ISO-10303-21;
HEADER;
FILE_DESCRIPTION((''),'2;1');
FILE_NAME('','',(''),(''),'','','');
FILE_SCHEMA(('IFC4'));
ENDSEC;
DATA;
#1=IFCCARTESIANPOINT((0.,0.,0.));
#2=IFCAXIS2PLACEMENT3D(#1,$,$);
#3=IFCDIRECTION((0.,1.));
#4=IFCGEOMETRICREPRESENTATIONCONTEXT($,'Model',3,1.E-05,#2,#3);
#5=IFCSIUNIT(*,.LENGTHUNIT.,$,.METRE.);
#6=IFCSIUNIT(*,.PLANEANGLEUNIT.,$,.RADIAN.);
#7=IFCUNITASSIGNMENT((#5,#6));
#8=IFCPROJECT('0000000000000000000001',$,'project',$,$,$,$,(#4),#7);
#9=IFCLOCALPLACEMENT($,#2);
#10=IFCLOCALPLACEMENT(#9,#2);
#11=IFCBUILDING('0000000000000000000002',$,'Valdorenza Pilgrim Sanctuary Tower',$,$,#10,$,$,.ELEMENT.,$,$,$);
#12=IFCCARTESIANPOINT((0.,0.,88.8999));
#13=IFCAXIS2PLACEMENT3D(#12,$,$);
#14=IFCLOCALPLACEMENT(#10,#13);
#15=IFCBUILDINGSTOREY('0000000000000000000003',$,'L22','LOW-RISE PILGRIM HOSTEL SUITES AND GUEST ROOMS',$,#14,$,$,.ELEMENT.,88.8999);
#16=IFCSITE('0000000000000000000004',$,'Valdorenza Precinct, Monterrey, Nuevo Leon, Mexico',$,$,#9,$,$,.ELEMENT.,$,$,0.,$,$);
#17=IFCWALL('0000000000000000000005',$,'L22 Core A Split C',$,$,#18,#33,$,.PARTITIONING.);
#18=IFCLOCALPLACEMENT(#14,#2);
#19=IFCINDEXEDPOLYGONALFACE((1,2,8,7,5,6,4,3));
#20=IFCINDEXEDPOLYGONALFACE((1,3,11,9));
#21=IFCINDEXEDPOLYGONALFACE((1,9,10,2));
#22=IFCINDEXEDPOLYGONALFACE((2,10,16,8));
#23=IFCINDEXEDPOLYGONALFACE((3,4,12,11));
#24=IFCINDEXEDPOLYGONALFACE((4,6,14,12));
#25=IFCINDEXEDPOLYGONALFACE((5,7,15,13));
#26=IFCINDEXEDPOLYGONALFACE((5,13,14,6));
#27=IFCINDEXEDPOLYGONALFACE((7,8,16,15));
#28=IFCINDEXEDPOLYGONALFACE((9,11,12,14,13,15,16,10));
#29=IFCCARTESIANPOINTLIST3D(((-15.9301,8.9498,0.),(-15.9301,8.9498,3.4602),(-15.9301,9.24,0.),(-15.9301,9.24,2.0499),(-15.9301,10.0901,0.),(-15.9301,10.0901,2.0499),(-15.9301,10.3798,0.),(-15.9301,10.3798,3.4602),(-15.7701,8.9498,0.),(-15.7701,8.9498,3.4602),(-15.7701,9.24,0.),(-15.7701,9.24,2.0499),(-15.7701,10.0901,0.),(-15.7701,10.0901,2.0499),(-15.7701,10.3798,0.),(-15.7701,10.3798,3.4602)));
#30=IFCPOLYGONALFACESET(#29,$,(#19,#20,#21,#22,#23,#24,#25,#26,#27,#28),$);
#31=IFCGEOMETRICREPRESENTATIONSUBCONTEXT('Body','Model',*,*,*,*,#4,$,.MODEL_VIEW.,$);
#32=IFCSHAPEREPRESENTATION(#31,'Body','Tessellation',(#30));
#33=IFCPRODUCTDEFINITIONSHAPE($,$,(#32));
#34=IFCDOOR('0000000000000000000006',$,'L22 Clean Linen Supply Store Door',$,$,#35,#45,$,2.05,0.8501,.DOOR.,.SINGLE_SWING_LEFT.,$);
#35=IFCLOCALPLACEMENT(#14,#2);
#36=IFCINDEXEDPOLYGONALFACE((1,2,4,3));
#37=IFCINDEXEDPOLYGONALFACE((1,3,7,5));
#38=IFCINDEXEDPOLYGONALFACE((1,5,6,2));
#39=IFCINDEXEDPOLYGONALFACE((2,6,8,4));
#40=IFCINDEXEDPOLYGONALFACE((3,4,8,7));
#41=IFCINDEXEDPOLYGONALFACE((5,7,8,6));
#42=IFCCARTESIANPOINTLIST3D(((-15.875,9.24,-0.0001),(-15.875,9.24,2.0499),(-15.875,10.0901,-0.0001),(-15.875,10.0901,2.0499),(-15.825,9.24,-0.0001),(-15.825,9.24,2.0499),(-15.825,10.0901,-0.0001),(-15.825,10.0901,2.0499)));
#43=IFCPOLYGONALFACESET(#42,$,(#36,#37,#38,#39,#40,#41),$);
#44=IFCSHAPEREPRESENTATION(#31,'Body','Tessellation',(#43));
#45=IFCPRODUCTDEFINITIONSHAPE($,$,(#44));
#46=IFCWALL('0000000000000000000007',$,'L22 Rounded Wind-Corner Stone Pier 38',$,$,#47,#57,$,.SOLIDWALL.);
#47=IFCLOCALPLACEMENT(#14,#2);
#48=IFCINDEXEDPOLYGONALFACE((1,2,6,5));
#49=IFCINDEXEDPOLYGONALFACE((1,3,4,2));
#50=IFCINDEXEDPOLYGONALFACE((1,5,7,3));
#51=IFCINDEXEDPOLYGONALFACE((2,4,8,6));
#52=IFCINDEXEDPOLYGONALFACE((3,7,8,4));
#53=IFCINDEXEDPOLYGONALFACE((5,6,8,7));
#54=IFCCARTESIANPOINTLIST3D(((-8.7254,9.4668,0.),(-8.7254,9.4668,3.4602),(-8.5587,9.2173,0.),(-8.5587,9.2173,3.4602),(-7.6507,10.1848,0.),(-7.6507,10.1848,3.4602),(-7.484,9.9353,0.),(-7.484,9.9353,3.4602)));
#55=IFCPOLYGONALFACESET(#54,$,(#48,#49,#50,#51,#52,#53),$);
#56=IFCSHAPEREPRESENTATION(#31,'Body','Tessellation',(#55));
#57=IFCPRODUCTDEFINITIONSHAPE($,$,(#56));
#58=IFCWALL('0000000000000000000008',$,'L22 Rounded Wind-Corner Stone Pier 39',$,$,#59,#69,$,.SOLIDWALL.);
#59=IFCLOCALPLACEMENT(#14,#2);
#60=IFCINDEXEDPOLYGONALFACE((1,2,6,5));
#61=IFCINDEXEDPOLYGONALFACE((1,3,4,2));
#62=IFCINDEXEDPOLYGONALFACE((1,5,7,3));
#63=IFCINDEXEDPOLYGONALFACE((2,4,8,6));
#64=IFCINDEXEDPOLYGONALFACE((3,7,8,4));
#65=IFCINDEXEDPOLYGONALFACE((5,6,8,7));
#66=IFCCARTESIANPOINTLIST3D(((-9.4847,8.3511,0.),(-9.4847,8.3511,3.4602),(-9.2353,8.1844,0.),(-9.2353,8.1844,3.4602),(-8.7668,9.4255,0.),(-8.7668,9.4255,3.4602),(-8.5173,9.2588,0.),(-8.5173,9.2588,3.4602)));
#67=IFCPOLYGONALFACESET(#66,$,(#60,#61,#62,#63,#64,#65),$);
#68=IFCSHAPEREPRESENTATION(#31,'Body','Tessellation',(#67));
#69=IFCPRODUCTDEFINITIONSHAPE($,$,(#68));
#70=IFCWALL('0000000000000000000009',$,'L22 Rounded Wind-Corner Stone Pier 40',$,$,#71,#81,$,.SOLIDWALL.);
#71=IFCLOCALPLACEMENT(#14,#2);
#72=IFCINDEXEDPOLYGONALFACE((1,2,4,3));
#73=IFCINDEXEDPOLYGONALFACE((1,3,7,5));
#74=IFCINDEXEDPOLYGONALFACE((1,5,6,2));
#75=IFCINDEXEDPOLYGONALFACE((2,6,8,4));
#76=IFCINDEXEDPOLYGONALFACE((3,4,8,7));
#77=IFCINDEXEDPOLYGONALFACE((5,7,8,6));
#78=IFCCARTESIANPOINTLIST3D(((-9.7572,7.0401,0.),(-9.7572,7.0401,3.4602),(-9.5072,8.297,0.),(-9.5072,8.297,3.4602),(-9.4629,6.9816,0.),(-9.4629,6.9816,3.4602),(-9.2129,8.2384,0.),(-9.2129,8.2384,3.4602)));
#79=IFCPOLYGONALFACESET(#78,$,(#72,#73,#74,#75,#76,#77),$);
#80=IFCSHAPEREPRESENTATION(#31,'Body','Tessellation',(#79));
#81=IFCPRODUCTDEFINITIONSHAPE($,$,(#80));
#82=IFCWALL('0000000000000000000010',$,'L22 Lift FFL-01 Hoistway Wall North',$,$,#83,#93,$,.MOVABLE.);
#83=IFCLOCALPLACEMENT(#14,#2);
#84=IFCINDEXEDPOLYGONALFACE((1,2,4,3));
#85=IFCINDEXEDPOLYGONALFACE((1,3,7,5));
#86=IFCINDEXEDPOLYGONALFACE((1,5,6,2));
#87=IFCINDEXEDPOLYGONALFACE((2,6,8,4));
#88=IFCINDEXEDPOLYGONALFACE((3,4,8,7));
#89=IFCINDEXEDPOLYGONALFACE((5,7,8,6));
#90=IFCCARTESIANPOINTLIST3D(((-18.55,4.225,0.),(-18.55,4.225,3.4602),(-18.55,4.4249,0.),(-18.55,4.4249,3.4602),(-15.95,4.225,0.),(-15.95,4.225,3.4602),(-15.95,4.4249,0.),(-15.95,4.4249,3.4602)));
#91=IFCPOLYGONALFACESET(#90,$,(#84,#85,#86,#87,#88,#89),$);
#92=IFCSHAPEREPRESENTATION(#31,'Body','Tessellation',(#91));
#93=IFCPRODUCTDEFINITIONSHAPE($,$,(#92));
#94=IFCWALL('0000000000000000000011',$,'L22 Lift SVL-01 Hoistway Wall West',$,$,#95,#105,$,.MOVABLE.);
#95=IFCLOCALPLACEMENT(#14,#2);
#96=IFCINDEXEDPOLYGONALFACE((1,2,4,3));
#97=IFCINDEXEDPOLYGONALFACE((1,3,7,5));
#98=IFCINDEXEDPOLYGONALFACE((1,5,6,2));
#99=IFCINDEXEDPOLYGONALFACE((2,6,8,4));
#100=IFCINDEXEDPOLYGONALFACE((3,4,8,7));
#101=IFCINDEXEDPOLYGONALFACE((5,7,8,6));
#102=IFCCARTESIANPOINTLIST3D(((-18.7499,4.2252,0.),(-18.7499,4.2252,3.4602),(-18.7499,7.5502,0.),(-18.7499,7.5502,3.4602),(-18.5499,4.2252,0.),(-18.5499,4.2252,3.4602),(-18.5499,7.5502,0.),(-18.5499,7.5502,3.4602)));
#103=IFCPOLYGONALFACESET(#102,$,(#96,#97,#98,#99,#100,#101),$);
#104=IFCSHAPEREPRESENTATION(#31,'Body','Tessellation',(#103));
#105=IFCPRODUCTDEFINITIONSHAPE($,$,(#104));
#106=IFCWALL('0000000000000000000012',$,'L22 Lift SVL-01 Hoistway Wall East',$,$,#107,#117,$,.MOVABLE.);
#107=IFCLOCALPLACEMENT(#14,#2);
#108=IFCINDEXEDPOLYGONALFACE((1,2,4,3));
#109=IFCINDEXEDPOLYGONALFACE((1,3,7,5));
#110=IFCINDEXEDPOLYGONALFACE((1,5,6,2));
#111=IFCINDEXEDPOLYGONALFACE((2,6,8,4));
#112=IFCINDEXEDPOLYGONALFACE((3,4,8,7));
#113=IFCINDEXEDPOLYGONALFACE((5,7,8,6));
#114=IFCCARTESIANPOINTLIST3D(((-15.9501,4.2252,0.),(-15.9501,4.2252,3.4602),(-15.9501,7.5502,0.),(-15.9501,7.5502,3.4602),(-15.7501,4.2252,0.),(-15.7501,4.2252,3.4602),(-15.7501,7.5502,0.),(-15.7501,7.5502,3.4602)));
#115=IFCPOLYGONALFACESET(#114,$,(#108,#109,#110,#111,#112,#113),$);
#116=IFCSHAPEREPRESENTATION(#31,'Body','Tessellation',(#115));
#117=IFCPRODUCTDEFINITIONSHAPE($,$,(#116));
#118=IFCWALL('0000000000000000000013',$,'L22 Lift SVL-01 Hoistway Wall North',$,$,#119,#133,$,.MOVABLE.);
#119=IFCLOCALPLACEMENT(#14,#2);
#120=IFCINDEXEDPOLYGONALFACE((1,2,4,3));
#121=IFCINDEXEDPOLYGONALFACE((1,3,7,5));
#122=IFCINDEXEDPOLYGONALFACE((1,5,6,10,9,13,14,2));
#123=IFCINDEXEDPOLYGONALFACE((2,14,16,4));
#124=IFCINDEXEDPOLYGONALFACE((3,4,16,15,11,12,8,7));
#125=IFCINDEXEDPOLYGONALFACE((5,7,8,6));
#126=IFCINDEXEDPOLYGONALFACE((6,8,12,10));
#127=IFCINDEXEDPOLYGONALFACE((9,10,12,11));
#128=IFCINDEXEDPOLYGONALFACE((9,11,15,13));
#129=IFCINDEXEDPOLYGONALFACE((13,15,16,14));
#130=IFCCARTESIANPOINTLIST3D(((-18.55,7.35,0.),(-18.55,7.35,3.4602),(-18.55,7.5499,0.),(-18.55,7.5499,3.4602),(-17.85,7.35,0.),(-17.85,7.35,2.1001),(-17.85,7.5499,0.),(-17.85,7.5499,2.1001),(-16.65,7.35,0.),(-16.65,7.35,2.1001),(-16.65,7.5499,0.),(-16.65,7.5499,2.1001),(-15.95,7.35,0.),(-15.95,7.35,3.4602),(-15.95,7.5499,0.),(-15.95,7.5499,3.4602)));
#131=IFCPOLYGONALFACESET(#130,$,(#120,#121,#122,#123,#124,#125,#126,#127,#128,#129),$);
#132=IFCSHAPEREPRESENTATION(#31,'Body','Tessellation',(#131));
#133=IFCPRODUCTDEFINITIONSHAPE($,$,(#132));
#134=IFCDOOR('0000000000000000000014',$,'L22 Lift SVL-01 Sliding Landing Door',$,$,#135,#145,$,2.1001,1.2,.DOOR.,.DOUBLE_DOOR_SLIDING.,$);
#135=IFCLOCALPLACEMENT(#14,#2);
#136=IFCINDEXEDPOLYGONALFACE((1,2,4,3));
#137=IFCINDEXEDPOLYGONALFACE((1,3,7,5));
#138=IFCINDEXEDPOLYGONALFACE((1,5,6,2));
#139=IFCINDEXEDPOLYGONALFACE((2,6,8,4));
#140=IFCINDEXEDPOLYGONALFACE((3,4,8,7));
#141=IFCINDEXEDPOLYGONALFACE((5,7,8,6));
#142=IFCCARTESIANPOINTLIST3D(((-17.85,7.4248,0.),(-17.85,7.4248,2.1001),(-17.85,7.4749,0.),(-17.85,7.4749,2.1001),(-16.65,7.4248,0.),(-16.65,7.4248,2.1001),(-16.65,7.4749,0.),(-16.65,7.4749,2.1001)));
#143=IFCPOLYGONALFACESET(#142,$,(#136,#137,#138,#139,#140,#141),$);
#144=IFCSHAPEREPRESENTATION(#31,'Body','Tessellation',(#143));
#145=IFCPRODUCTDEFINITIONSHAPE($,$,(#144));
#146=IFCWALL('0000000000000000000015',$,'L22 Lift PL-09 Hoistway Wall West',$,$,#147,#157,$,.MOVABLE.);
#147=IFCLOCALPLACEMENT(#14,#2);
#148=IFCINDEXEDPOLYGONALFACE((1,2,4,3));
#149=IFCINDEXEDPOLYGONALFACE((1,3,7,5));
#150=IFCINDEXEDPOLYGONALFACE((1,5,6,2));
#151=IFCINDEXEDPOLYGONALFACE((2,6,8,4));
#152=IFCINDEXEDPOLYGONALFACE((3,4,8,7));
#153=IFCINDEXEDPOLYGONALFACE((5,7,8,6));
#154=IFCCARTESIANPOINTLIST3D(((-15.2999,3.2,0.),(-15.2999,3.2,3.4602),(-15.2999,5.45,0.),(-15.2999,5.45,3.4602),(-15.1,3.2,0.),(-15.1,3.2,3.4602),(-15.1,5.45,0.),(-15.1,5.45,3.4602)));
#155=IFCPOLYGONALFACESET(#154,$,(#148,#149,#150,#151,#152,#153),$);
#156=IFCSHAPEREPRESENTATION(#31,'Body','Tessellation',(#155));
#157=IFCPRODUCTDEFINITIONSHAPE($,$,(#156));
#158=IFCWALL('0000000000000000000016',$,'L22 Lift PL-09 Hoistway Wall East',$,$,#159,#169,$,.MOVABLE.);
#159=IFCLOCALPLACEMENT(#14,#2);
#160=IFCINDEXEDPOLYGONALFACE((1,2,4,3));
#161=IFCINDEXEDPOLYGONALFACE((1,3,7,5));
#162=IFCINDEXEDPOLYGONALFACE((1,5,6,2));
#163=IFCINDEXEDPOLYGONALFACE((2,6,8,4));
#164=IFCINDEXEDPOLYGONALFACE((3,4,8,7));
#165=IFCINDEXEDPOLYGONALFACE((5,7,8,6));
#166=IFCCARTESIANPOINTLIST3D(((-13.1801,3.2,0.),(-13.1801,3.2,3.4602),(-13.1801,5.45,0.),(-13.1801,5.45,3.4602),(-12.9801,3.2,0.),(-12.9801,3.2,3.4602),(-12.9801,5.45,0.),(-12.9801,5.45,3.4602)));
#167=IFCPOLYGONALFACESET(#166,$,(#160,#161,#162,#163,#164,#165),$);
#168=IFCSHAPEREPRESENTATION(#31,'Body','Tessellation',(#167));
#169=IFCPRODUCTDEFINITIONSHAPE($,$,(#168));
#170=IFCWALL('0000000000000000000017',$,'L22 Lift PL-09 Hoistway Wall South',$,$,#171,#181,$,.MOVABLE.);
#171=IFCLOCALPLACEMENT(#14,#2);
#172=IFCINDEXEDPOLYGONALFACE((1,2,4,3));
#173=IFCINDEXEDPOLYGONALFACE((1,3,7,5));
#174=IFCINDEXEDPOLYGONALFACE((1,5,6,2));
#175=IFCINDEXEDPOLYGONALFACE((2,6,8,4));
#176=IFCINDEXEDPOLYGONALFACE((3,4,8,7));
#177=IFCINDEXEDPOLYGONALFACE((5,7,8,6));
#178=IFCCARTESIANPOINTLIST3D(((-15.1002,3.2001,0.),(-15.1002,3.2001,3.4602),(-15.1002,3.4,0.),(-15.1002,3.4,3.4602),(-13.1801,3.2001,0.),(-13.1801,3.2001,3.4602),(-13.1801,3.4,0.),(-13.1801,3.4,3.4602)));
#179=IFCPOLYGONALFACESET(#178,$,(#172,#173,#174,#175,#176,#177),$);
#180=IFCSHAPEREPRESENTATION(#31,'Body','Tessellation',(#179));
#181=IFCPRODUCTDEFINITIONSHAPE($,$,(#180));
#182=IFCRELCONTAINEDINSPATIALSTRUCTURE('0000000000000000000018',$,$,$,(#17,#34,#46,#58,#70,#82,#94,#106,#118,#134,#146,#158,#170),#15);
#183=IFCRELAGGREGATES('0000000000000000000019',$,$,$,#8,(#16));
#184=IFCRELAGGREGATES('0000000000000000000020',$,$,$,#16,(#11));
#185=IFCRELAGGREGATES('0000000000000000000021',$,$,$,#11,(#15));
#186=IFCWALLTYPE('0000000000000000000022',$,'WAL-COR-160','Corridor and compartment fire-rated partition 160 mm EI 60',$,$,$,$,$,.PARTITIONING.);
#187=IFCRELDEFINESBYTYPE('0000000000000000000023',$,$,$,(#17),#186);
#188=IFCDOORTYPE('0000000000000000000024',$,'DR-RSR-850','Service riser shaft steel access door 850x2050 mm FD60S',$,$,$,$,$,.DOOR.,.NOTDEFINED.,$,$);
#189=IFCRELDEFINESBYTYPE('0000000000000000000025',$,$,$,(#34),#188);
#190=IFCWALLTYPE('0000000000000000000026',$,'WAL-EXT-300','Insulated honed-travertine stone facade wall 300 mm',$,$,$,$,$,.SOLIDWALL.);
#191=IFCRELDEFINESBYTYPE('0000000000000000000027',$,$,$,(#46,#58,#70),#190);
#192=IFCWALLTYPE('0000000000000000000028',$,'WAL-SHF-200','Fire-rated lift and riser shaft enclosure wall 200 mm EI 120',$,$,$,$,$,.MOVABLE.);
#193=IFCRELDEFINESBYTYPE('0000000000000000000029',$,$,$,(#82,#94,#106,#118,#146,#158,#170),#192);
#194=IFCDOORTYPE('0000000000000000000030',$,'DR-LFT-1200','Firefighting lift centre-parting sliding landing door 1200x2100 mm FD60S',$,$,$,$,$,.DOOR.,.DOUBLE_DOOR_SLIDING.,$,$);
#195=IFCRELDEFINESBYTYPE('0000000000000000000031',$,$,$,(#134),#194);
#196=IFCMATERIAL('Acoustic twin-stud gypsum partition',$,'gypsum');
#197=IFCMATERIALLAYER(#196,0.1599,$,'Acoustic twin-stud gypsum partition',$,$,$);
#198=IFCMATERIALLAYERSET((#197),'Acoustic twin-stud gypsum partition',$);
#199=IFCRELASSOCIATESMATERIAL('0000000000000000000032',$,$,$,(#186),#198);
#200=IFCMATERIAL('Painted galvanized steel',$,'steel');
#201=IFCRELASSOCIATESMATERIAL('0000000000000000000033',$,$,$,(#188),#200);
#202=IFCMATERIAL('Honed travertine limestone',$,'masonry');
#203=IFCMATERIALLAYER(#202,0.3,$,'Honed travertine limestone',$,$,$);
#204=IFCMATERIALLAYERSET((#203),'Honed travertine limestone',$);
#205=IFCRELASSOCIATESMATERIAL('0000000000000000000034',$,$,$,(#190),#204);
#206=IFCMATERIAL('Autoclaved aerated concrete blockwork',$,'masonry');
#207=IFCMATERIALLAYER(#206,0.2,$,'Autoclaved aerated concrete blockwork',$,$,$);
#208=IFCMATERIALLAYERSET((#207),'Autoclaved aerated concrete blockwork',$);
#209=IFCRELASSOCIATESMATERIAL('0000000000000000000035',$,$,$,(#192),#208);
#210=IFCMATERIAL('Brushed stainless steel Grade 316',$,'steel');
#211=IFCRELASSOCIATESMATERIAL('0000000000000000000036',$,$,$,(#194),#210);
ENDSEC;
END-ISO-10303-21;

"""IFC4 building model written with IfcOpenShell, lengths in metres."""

from ifc_helpers import new_model, si_unit, direction, frame, frame_2d, origin, place, context, subcontext, project, spatial, rectangle, extrude, material, layer, layer_set, type_object, element, fill, save


model = new_model("IFC4")

# Units and contexts
model_context = context("Model", 3, precision=1e-05, world=origin(), true_north=direction((0.0, 1.0)))
body_context = subcontext(model_context, "Body", "Model", "MODEL_VIEW")
ifc_project = project(units=[si_unit("LENGTHUNIT", "METRE"), si_unit("PLANEANGLEUNIT", "RADIAN")], contexts=[model_context])

# Site, building, storey
site_placement = place(None, origin())
site = spatial("IfcSite", under=ifc_project, at=site_placement, Name="Valdorenza Precinct, Monterrey, Nuevo Leon, Mexico", CompositionType="ELEMENT", RefElevation=0.0)
building_placement = place(site_placement, origin())
building = spatial("IfcBuilding", under=site, at=building_placement, Name="Valdorenza Pilgrim Sanctuary Tower", CompositionType="ELEMENT")
storey_placement = place(building_placement, frame((0.0, 0.0, 88.8999)))
storey = spatial("IfcBuildingStorey", under=building, at=storey_placement, Name="L22", Description="LOW-RISE PILGRIM HOSTEL SUITES AND GUEST ROOMS", CompositionType="ELEMENT", Elevation=88.8999)

# Shared definitions
ifc_material_1 = material(Name="Honed travertine limestone", Category="masonry")

# Shared definitions
ifc_material_2 = material(Name="Acoustic twin-stud gypsum partition", Category="gypsum")
ifc_layer_1 = layer(ifc_material_2, 0.1599, Name="Acoustic twin-stud gypsum partition")
ifc_layer_set_1 = layer_set([ifc_layer_1], Name="Acoustic twin-stud gypsum partition")
wall_type_1 = type_object("IfcWallType", Name="WAL-COR-160", Description="Corridor and compartment fire-rated partition 160 mm EI 60", PredefinedType="PARTITIONING", material=ifc_layer_set_1)

# Shared definitions
ifc_material_3 = material(Name="Painted galvanized steel", Category="steel")
door_type_1 = type_object("IfcDoorType", Name="DR-RSR-850", Description="Service riser shaft steel access door 850x2050 mm FD60S", OperationType="NOTDEFINED", PredefinedType="DOOR", material=ifc_material_3)

# Wall, opening, door
wall_1_placement = place(storey_placement, frame((-15.8501, 8.95, 0.0), z_axis=(0.0, 0.0, 1.0), x_axis=(0.0, 1.0, 0.0)))
wall_1 = element("IfcWall", 1, at=wall_1_placement, inside=storey, type_object=wall_type_1, Name="L22 Core A Split C", PredefinedType="PARTITIONING", context=body_context, shape_type="SweptSolid", body=[
    extrude(rectangle(XDim=1.4299, YDim=0.1599, at=frame_2d((0.7148, 0.0))), origin(), (0.0, 0.0, 1.0), 3.4602),
])
opening_1_placement = place(wall_1_placement, frame((0.29, 0.0, 0.0)))
opening_1 = element("IfcOpeningElement", 2, at=opening_1_placement, cuts=wall_1, PredefinedType="OPENING", context=body_context, shape_type="SweptSolid", body=[
    extrude(rectangle(XDim=0.8501, YDim=2.05, at=frame_2d((0.425, 1.0249))), frame((0.0, 0.0947, 0.0), z_axis=(0.0, -1.0, 0.0), x_axis=(1.0, 0.0, 0.0)), (0.0, 0.0, 1.0), 0.1897),
])
door_1_placement = place(opening_1_placement, origin())
door_1 = element("IfcDoor", 3, at=door_1_placement, inside=storey, type_object=door_type_1, Name="L22 Clean Linen Supply Store Door", OperationType="SINGLE_SWING_LEFT", OverallHeight=2.05, OverallWidth=0.8501, PredefinedType="DOOR", context=body_context, shape_type="SweptSolid", body=[
    extrude(rectangle(XDim=0.8501, YDim=2.05, at=frame_2d((0.425, 1.0249))), frame((0.0, 0.0249, 0.0), z_axis=(0.0, -1.0, 0.0), x_axis=(1.0, 0.0, 0.0)), (0.0, 0.0, 1.0), 0.05),
])
fill(opening_1, door_1)

# Walls
ifc_layer_2 = layer(ifc_material_1, 0.3, Name="Honed travertine limestone")
ifc_layer_set_2 = layer_set([ifc_layer_2], Name="Honed travertine limestone")
wall_type_2 = type_object("IfcWallType", Name="WAL-EXT-300", Description="Insulated honed-travertine stone facade wall 300 mm", PredefinedType="SOLIDWALL", material=ifc_layer_set_2)
wall_2_placement = place(storey_placement, frame((-7.5674, 10.0601, 0.0), z_axis=(0.0, 0.0, 1.0), x_axis=(-0.831498, -0.555528, 0.0)))
element("IfcWall", 4, at=wall_2_placement, inside=storey, type_object=wall_type_2, Name="L22 Rounded Wind-Corner Stone Pier 38", PredefinedType="SOLIDWALL", context=body_context, shape_type="SweptSolid", body=[
    extrude(rectangle(XDim=1.2925, YDim=0.3, at=frame_2d((0.6462, 0.0))), origin(), (0.0, 0.0, 1.0), 3.4602),
])
wall_3_placement = place(storey_placement, frame((-8.6421, 9.342, 0.0), z_axis=(0.0, 0.0, 1.0), x_axis=(-0.555615, -0.831439, 0.0)))
element("IfcWall", 5, at=wall_3_placement, inside=storey, type_object=wall_type_2, Name="L22 Rounded Wind-Corner Stone Pier 39", PredefinedType="SOLIDWALL", context=body_context, shape_type="SweptSolid", body=[
    extrude(rectangle(XDim=1.2922, YDim=0.3, at=frame_2d((0.646, 0.0))), origin(), (0.0, 0.0, 1.0), 3.4602),
])
wall_4_placement = place(storey_placement, frame((-9.3601, 8.2676, 0.0), z_axis=(0.0, 0.0, 1.0), x_axis=(-0.19509, -0.980785, 0.0)))
element("IfcWall", 6, at=wall_4_placement, inside=storey, type_object=wall_type_2, Name="L22 Rounded Wind-Corner Stone Pier 40", PredefinedType="SOLIDWALL", context=body_context, shape_type="SweptSolid", body=[
    extrude(rectangle(XDim=1.2815, YDim=0.3, at=frame_2d((0.6406, 0.0))), origin(), (0.0, 0.0, 1.0), 3.4602),
])
ifc_material_4 = material(Name="Autoclaved aerated concrete blockwork", Category="masonry")
ifc_layer_3 = layer(ifc_material_4, 0.2, Name="Autoclaved aerated concrete blockwork")
ifc_layer_set_3 = layer_set([ifc_layer_3], Name="Autoclaved aerated concrete blockwork")
wall_type_3 = type_object("IfcWallType", Name="WAL-SHF-200", Description="Fire-rated lift and riser shaft enclosure wall 200 mm EI 120", PredefinedType="MOVABLE", material=ifc_layer_set_3)
wall_5_placement = place(storey_placement, frame((-18.55, 4.325, 0.0), z_axis=(0.0, 0.0, 1.0), x_axis=(1.0, 0.0, 0.0)))
element("IfcWall", 7, at=wall_5_placement, inside=storey, type_object=wall_type_3, Name="L22 Lift FFL-01 Hoistway Wall North", PredefinedType="MOVABLE", context=body_context, shape_type="SweptSolid", body=[
    extrude(rectangle(XDim=2.6001, YDim=0.2, at=frame_2d((1.3, 0.0))), origin(), (0.0, 0.0, 1.0), 3.4602),
])
for number, where, z_axis, x_axis, name in (
    (8, (-18.6499, 4.2251, 0.0), (0.0, 0.0, 1.0), (0.0, 1.0, 0.0), "L22 Lift SVL-01 Hoistway Wall West"),
    (9, (-15.8501, 4.2251, 0.0), (0.0, 0.0, 1.0), (0.0, 1.0, 0.0), "L22 Lift SVL-01 Hoistway Wall East"),
):
    element("IfcWall", number, at=place(storey_placement, frame(where, z_axis=z_axis, x_axis=x_axis)), inside=storey, type_object=wall_type_3, Name=name, PredefinedType="MOVABLE", context=body_context, shape_type="SweptSolid", body=[
        extrude(rectangle(XDim=3.325, YDim=0.2, at=frame_2d((1.6626, 0.0))), origin(), (0.0, 0.0, 1.0), 3.4602),
    ])

# Wall, opening, door
wall_6_placement = place(storey_placement, frame((-18.55, 7.45, 0.0), z_axis=(0.0, 0.0, 1.0), x_axis=(1.0, 0.0, 0.0)))
wall_6 = element("IfcWall", 10, at=wall_6_placement, inside=storey, type_object=wall_type_3, Name="L22 Lift SVL-01 Hoistway Wall North", PredefinedType="MOVABLE", context=body_context, shape_type="SweptSolid", body=[
    extrude(rectangle(XDim=2.6001, YDim=0.2, at=frame_2d((1.3, 0.0))), origin(), (0.0, 0.0, 1.0), 3.4602),
])
opening_2_placement = place(wall_6_placement, frame((0.7, 0.0, 0.0)))
opening_2 = element("IfcOpeningElement", 11, at=opening_2_placement, cuts=wall_6, PredefinedType="OPENING", context=body_context, shape_type="SweptSolid", body=[
    extrude(rectangle(XDim=1.2, YDim=2.1001, at=frame_2d((0.6001, 1.05))), frame((0.0, 0.1147, 0.0), z_axis=(0.0, -1.0, 0.0), x_axis=(1.0, 0.0, 0.0)), (0.0, 0.0, 1.0), 0.2297),
])
ifc_material_5 = material(Name="Brushed stainless steel Grade 316", Category="steel")
door_type_2 = type_object("IfcDoorType", Name="DR-LFT-1200", Description="Firefighting lift centre-parting sliding landing door 1200x2100 mm FD60S", OperationType="DOUBLE_DOOR_SLIDING", PredefinedType="DOOR", material=ifc_material_5)
door_2_placement = place(opening_2_placement, origin())
door_2 = element("IfcDoor", 12, at=door_2_placement, inside=storey, type_object=door_type_2, Name="L22 Lift SVL-01 Sliding Landing Door", OperationType="DOUBLE_DOOR_SLIDING", OverallHeight=2.1001, OverallWidth=1.2, PredefinedType="DOOR", context=body_context, shape_type="SweptSolid", body=[
    extrude(rectangle(XDim=1.2, YDim=2.1001, at=frame_2d((0.6001, 1.05))), frame((0.0, 0.0249, 0.0), z_axis=(0.0, -1.0, 0.0), x_axis=(1.0, 0.0, 0.0)), (0.0, 0.0, 1.0), 0.05),
])
fill(opening_2, door_2)

# Walls
for number, where, z_axis, x_axis, name in (
    (13, (-15.2, 3.2, 0.0), (0.0, 0.0, 1.0), (0.0, 1.0, 0.0), "L22 Lift PL-09 Hoistway Wall West"),
    (14, (-13.0801, 3.2, 0.0), (0.0, 0.0, 1.0), (0.0, 1.0, 0.0), "L22 Lift PL-09 Hoistway Wall East"),
):
    element("IfcWall", number, at=place(storey_placement, frame(where, z_axis=z_axis, x_axis=x_axis)), inside=storey, type_object=wall_type_3, Name=name, PredefinedType="MOVABLE", context=body_context, shape_type="SweptSolid", body=[
        extrude(rectangle(XDim=2.25, YDim=0.2, at=frame_2d((1.125, 0.0))), origin(), (0.0, 0.0, 1.0), 3.4602),
    ])
for number, where, z_axis, x_axis, name in (
    (15, (-15.1001, 3.3, 0.0), (0.0, 0.0, 1.0), (1.0, 0.0, 0.0), "L22 Lift PL-09 Hoistway Wall South"),
):
    element("IfcWall", number, at=place(storey_placement, frame(where, z_axis=z_axis, x_axis=x_axis)), inside=storey, type_object=wall_type_3, Name=name, PredefinedType="MOVABLE", context=body_context, shape_type="SweptSolid", body=[
        extrude(rectangle(XDim=1.9202, YDim=0.2, at=frame_2d((0.96, 0.0))), origin(), (0.0, 0.0, 1.0), 3.4602),
    ])

save(model, "model.ifc")
